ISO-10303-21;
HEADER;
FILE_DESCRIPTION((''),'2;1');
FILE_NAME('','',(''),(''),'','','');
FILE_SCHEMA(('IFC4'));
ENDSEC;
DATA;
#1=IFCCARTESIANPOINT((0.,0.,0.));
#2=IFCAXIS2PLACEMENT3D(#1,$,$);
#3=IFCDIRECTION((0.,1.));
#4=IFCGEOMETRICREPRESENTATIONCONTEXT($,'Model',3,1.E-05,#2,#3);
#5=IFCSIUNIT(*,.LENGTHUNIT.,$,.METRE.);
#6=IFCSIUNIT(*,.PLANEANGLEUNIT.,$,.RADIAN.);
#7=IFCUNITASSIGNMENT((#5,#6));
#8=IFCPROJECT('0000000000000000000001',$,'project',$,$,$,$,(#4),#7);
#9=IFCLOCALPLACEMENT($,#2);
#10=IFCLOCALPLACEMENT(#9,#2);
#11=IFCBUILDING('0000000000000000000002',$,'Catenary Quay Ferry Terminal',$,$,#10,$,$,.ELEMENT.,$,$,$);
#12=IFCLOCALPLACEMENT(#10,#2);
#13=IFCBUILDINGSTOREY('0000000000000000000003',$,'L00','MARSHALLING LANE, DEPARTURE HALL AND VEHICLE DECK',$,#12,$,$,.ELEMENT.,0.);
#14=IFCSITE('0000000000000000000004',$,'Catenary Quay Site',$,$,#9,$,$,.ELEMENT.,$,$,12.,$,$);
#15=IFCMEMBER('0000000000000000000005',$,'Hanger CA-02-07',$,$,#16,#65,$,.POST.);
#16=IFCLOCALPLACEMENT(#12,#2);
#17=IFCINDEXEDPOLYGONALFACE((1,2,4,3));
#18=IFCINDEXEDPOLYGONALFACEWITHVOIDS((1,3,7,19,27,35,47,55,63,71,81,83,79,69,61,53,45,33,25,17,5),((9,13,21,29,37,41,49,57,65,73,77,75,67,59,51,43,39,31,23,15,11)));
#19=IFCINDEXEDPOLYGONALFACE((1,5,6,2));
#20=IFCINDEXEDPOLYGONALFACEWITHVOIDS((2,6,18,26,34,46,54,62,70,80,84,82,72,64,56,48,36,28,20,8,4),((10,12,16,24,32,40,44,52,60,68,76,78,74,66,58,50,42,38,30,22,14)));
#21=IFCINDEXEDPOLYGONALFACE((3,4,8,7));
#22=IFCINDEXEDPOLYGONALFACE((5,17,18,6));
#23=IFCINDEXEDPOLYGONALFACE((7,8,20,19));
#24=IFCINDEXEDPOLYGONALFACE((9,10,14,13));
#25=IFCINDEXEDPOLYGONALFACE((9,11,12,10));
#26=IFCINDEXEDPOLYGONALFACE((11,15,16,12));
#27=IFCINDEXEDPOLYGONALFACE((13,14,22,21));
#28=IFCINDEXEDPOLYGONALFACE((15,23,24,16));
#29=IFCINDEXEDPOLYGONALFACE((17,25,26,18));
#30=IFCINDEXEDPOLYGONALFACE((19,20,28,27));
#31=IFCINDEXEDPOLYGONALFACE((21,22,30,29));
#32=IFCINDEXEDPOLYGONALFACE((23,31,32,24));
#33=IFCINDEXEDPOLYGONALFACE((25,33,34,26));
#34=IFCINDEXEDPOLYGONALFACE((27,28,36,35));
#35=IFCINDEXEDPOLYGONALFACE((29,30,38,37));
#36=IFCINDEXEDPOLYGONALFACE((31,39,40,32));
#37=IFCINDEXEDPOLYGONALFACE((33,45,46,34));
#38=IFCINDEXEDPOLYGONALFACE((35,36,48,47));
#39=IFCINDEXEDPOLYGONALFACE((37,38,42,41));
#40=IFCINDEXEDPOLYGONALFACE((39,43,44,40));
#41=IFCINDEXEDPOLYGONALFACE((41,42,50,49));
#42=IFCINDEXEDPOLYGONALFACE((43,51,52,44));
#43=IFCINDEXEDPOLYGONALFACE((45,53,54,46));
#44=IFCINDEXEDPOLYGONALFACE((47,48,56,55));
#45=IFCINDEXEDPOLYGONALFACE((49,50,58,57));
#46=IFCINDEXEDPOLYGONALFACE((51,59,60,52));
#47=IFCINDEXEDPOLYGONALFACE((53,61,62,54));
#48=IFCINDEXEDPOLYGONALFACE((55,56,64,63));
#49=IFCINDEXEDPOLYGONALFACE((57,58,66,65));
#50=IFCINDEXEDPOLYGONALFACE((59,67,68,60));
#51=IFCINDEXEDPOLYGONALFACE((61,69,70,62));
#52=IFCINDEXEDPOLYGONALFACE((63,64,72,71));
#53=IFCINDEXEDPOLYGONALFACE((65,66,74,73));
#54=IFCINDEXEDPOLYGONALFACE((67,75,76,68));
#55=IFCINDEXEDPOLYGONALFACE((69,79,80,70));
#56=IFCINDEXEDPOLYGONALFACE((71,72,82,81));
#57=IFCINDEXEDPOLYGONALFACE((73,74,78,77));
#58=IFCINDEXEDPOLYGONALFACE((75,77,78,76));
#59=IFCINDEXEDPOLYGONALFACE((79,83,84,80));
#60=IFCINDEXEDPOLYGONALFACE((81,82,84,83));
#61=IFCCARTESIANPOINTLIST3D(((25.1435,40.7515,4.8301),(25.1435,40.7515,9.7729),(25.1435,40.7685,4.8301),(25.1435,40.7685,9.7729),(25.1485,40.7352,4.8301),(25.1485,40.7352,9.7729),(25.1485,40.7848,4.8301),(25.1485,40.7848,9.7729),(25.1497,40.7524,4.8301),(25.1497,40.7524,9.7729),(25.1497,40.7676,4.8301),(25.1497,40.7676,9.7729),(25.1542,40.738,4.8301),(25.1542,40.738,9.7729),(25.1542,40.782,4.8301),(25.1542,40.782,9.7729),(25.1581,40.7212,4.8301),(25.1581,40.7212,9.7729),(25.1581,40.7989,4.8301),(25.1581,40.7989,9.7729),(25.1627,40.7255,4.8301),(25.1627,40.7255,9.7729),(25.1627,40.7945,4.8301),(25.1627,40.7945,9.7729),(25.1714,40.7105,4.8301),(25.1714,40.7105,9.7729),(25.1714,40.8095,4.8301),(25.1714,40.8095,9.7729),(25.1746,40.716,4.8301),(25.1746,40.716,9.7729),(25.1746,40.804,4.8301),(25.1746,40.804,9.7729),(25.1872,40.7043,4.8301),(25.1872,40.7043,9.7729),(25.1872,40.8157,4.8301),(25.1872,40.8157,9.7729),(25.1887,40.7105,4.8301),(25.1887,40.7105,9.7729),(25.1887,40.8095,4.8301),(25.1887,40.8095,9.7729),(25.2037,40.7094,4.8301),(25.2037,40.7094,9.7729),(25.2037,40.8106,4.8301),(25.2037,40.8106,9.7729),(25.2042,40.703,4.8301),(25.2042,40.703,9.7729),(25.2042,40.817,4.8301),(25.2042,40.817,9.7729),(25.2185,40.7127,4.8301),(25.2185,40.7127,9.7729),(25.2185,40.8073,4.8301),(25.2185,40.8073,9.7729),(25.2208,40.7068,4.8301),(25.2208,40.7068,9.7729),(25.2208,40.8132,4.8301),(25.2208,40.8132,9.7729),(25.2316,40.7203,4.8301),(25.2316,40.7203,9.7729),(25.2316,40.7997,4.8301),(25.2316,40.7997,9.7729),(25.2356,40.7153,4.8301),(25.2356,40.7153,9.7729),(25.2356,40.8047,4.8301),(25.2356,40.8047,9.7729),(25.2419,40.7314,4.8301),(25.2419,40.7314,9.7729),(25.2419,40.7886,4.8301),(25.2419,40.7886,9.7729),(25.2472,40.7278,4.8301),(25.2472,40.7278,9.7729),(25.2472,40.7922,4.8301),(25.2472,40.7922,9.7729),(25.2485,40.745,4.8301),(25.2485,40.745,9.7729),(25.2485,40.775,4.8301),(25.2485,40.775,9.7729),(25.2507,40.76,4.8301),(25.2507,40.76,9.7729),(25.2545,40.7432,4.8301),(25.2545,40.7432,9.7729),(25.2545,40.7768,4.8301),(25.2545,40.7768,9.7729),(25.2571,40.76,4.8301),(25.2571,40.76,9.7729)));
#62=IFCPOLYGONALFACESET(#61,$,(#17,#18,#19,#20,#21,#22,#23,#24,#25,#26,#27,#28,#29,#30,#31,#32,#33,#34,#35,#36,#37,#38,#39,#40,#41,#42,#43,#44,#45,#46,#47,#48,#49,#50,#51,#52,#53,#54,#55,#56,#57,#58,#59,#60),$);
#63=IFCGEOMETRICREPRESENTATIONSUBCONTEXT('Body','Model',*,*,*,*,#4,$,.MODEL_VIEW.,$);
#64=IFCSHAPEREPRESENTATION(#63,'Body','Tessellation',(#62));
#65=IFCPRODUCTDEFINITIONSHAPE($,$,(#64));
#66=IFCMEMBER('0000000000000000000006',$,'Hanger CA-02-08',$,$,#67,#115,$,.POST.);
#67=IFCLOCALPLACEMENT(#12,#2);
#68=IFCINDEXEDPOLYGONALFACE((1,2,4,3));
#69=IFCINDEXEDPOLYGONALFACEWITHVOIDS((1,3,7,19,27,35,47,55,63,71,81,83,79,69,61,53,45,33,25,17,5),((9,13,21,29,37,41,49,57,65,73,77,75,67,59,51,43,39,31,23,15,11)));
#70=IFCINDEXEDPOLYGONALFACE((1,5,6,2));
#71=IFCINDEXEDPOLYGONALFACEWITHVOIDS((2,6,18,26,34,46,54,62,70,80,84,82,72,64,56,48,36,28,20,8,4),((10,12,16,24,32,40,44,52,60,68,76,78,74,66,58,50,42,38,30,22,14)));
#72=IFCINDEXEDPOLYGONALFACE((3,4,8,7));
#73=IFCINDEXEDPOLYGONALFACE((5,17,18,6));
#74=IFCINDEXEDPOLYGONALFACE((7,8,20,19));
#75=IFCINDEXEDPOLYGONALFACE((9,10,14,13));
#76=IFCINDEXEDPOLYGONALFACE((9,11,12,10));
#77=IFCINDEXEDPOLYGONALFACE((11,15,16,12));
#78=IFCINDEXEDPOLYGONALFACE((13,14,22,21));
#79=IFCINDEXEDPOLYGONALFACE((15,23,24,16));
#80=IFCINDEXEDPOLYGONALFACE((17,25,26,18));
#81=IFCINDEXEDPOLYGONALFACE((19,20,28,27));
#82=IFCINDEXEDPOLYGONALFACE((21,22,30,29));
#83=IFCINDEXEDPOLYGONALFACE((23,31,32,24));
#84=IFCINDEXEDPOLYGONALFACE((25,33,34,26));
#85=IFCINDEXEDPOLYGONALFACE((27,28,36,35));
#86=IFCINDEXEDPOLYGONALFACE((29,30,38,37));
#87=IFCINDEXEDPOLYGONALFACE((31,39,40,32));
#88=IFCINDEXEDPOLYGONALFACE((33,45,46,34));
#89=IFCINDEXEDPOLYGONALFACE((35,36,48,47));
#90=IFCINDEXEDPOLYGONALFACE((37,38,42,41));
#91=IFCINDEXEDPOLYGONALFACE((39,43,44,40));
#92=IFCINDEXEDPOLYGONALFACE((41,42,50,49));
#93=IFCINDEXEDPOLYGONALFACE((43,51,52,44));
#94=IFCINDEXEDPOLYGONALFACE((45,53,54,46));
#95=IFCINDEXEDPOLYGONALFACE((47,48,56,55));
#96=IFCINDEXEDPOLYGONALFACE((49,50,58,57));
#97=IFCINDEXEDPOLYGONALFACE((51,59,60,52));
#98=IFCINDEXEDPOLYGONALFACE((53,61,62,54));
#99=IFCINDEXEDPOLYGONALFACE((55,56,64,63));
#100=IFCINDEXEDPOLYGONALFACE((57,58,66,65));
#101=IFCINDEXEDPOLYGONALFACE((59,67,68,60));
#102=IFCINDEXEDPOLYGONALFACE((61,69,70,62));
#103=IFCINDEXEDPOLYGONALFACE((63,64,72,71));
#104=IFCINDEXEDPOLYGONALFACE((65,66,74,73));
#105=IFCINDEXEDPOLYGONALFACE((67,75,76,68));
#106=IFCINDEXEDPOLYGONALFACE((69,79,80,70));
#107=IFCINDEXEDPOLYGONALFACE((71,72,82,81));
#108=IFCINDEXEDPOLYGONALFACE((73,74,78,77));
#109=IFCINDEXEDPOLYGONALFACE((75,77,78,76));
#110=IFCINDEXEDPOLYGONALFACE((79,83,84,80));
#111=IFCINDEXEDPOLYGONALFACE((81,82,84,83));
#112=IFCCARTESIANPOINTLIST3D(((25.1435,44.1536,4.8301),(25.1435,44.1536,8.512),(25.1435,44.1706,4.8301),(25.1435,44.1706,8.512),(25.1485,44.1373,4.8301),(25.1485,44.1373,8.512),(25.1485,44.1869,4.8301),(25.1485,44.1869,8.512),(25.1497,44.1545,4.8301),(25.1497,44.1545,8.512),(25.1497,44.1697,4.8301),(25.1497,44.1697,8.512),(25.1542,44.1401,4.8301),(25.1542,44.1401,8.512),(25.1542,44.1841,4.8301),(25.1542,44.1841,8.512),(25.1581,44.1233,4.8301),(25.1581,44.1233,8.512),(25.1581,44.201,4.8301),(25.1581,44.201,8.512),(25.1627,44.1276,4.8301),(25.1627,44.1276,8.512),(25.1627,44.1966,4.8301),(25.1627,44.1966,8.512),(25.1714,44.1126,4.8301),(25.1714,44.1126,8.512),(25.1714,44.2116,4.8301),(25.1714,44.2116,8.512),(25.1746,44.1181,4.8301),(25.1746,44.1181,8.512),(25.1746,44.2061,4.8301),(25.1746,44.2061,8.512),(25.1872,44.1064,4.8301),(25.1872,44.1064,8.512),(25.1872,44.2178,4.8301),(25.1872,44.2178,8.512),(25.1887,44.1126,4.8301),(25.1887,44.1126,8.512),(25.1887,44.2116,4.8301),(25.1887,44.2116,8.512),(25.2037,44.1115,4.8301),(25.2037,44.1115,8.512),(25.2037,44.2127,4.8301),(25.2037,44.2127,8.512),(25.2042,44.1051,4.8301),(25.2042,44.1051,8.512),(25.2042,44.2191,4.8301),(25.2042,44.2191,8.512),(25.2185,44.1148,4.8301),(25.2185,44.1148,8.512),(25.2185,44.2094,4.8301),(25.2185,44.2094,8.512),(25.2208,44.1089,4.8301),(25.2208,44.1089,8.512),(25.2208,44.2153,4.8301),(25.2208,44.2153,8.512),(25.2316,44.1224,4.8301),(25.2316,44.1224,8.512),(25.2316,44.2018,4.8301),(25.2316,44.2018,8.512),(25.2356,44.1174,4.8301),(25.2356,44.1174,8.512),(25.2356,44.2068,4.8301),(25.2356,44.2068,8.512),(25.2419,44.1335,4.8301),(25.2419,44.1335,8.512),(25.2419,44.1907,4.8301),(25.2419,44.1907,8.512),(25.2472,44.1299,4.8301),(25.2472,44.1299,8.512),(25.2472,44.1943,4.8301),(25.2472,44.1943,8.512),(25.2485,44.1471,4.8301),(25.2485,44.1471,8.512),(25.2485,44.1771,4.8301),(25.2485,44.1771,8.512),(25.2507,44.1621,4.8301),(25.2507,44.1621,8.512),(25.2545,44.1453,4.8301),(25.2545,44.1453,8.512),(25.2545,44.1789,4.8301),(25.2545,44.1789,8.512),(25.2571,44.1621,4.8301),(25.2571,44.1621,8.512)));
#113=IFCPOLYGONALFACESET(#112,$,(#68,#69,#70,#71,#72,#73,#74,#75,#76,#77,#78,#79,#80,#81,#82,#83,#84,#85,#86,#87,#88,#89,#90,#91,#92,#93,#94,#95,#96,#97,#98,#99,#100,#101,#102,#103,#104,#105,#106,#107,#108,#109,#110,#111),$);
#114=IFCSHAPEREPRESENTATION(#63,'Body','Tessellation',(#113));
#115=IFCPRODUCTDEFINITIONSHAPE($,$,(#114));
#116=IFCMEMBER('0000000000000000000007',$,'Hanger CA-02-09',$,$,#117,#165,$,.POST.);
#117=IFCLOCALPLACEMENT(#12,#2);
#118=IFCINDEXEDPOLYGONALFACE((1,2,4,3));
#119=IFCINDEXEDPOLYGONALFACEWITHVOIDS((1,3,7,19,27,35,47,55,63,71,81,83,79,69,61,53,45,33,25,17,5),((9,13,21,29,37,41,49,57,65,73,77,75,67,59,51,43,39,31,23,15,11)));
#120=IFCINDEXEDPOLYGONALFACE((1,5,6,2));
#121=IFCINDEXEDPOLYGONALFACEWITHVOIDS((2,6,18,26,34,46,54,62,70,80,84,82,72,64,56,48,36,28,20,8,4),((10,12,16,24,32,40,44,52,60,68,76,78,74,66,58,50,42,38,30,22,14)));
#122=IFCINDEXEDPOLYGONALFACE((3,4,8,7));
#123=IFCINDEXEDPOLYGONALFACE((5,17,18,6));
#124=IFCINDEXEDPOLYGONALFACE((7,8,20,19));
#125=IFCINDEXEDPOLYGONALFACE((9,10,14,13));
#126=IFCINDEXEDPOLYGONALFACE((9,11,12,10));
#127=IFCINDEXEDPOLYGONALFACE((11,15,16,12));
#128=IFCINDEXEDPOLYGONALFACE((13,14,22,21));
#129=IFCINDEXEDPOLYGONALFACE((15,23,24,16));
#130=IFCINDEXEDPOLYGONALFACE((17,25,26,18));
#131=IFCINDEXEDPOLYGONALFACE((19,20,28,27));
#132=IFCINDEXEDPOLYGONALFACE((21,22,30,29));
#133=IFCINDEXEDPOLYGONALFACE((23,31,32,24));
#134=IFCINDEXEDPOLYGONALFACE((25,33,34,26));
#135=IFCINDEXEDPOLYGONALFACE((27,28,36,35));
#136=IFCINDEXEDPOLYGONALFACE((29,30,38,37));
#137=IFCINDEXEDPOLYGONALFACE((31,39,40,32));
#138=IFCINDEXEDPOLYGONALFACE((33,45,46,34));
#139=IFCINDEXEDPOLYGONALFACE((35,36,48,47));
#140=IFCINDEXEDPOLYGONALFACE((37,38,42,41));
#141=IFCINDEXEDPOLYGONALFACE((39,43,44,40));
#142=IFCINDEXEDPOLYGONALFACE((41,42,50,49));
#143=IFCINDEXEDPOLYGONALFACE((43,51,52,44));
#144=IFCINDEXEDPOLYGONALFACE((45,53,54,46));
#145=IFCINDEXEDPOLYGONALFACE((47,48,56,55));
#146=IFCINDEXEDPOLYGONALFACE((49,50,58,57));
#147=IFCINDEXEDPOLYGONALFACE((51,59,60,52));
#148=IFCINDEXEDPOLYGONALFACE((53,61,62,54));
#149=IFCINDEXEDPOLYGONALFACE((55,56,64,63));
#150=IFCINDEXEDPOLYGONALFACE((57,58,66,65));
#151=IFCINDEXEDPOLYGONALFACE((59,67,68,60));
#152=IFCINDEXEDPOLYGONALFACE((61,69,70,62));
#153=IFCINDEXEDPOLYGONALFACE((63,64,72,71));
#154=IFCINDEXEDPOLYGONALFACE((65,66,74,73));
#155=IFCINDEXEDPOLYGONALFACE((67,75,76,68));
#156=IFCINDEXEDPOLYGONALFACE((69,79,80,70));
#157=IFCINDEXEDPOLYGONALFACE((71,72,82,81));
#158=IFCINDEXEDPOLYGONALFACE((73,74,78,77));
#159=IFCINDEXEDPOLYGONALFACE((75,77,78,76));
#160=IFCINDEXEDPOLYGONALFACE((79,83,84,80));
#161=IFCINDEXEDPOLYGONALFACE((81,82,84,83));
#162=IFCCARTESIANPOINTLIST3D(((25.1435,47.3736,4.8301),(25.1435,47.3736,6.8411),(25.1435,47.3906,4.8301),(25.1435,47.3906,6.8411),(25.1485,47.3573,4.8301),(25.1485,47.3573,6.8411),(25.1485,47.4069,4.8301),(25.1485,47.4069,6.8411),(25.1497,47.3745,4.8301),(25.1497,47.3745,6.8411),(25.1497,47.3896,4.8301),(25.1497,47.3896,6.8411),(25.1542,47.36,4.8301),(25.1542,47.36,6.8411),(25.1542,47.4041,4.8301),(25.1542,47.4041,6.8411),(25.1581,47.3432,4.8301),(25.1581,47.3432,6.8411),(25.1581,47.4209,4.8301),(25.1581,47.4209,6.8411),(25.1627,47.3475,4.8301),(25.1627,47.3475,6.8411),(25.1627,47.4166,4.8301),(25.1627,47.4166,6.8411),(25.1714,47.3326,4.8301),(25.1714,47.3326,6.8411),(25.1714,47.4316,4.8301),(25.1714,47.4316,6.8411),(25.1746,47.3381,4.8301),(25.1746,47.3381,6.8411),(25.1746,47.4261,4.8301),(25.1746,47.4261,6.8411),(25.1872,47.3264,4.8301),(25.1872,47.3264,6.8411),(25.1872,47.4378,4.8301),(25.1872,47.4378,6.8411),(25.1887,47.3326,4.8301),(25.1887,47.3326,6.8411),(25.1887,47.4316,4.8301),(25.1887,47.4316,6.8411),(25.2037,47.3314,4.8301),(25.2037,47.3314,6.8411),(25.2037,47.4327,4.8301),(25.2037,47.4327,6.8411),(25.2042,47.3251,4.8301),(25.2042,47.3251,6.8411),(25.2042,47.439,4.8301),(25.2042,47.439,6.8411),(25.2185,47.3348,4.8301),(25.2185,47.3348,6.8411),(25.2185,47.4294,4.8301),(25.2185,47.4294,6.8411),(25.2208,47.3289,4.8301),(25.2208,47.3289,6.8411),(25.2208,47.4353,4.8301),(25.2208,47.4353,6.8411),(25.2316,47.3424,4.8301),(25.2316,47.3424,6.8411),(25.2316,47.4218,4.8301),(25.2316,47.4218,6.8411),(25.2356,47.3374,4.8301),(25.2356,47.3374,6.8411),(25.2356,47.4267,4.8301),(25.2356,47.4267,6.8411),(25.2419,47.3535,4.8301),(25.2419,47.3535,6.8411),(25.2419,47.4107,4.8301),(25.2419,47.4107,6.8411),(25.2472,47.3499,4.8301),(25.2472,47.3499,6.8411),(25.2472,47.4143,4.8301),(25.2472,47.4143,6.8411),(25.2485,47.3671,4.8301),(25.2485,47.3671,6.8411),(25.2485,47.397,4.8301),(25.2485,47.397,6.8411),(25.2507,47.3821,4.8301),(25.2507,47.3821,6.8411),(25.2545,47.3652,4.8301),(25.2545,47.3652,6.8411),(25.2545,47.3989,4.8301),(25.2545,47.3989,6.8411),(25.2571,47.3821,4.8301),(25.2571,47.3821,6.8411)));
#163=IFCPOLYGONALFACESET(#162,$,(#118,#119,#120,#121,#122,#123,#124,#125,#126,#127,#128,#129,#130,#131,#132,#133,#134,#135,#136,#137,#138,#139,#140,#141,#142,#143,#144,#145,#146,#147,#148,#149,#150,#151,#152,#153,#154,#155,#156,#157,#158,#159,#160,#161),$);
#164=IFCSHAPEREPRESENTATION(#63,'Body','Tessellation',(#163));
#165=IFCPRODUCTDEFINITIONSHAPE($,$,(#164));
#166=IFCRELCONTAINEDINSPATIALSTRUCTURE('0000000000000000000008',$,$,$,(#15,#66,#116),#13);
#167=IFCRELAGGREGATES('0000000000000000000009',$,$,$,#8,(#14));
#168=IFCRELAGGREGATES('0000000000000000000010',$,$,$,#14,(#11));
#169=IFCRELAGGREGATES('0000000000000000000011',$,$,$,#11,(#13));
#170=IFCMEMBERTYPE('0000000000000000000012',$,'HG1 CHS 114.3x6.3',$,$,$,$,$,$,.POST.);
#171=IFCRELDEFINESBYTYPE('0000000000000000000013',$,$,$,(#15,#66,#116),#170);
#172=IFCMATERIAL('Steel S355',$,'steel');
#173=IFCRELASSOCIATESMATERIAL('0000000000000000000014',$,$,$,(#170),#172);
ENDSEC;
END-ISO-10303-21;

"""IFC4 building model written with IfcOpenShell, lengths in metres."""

from ifc_helpers import new_model, si_unit, direction, frame, origin, origin_2d, place, context, subcontext, project, spatial, hollow_circle, extrude, material, material_profile, profile_set, type_object, element, save


model = new_model("IFC4")

# Units and contexts
model_context = context("Model", 3, precision=1e-05, world=origin(), true_north=direction((0.0, 1.0)))
body_context = subcontext(model_context, "Body", "Model", "MODEL_VIEW")
ifc_project = project(units=[si_unit("LENGTHUNIT", "METRE"), si_unit("PLANEANGLEUNIT", "RADIAN")], contexts=[model_context])

# Site, building, storey
site_placement = place(None, origin())
site = spatial("IfcSite", under=ifc_project, at=site_placement, Name="Catenary Quay Site", CompositionType="ELEMENT", RefElevation=12.0)
building_placement = place(site_placement, origin())
building = spatial("IfcBuilding", under=site, at=building_placement, Name="Catenary Quay Ferry Terminal", CompositionType="ELEMENT")
storey_placement = place(building_placement, origin())
storey = spatial("IfcBuildingStorey", under=building, at=storey_placement, Name="L00", Description="MARSHALLING LANE, DEPARTURE HALL AND VEHICLE DECK", CompositionType="ELEMENT", Elevation=0.0)

# Members
ifc_material_1 = material(Name="Steel S355", Category="steel")
ifc_material_profile_1 = material_profile(ifc_material_1, hollow_circle(Radius=0.0571, WallThickness=0.0063, at=origin_2d()), Name="CHS 114.3x6.3")
ifc_profile_set_1 = profile_set([ifc_material_profile_1], Name="Steel S355")
member_type_1 = type_object("IfcMemberType", Name="HG1 CHS 114.3x6.3", PredefinedType="POST", material=ifc_profile_set_1)
member_1_placement = place(storey_placement, frame((25.2, 40.76, 4.8301), z_axis=(0.0, 0.0, 1.0), x_axis=(1.0, 0.0, 0.0)))
element("IfcMember", 1, at=member_1_placement, inside=storey, type_object=member_type_1, Name="Hanger CA-02-07", PredefinedType="POST", context=body_context, shape_type="SweptSolid", body=[
    extrude(hollow_circle(Radius=0.0571, WallThickness=0.0063, at=origin_2d()), origin(), (0.0, 0.0, 1.0), 4.9429),
])
member_2_placement = place(storey_placement, frame((25.2, 44.1621, 4.8301), z_axis=(0.0, 0.0, 1.0), x_axis=(1.0, 0.0, 0.0)))
element("IfcMember", 2, at=member_2_placement, inside=storey, type_object=member_type_1, Name="Hanger CA-02-08", PredefinedType="POST", context=body_context, shape_type="SweptSolid", body=[
    extrude(hollow_circle(Radius=0.0571, WallThickness=0.0063, at=origin_2d()), origin(), (0.0, 0.0, 1.0), 3.6819),
])
member_3_placement = place(storey_placement, frame((25.2, 47.3821, 4.8301), z_axis=(0.0, 0.0, 1.0), x_axis=(1.0, 0.0, 0.0)))
element("IfcMember", 3, at=member_3_placement, inside=storey, type_object=member_type_1, Name="Hanger CA-02-09", PredefinedType="POST", context=body_context, shape_type="SweptSolid", body=[
    extrude(hollow_circle(Radius=0.0571, WallThickness=0.0063, at=origin_2d()), origin(), (0.0, 0.0, 1.0), 2.011),
])

save(model, "model.ifc")
